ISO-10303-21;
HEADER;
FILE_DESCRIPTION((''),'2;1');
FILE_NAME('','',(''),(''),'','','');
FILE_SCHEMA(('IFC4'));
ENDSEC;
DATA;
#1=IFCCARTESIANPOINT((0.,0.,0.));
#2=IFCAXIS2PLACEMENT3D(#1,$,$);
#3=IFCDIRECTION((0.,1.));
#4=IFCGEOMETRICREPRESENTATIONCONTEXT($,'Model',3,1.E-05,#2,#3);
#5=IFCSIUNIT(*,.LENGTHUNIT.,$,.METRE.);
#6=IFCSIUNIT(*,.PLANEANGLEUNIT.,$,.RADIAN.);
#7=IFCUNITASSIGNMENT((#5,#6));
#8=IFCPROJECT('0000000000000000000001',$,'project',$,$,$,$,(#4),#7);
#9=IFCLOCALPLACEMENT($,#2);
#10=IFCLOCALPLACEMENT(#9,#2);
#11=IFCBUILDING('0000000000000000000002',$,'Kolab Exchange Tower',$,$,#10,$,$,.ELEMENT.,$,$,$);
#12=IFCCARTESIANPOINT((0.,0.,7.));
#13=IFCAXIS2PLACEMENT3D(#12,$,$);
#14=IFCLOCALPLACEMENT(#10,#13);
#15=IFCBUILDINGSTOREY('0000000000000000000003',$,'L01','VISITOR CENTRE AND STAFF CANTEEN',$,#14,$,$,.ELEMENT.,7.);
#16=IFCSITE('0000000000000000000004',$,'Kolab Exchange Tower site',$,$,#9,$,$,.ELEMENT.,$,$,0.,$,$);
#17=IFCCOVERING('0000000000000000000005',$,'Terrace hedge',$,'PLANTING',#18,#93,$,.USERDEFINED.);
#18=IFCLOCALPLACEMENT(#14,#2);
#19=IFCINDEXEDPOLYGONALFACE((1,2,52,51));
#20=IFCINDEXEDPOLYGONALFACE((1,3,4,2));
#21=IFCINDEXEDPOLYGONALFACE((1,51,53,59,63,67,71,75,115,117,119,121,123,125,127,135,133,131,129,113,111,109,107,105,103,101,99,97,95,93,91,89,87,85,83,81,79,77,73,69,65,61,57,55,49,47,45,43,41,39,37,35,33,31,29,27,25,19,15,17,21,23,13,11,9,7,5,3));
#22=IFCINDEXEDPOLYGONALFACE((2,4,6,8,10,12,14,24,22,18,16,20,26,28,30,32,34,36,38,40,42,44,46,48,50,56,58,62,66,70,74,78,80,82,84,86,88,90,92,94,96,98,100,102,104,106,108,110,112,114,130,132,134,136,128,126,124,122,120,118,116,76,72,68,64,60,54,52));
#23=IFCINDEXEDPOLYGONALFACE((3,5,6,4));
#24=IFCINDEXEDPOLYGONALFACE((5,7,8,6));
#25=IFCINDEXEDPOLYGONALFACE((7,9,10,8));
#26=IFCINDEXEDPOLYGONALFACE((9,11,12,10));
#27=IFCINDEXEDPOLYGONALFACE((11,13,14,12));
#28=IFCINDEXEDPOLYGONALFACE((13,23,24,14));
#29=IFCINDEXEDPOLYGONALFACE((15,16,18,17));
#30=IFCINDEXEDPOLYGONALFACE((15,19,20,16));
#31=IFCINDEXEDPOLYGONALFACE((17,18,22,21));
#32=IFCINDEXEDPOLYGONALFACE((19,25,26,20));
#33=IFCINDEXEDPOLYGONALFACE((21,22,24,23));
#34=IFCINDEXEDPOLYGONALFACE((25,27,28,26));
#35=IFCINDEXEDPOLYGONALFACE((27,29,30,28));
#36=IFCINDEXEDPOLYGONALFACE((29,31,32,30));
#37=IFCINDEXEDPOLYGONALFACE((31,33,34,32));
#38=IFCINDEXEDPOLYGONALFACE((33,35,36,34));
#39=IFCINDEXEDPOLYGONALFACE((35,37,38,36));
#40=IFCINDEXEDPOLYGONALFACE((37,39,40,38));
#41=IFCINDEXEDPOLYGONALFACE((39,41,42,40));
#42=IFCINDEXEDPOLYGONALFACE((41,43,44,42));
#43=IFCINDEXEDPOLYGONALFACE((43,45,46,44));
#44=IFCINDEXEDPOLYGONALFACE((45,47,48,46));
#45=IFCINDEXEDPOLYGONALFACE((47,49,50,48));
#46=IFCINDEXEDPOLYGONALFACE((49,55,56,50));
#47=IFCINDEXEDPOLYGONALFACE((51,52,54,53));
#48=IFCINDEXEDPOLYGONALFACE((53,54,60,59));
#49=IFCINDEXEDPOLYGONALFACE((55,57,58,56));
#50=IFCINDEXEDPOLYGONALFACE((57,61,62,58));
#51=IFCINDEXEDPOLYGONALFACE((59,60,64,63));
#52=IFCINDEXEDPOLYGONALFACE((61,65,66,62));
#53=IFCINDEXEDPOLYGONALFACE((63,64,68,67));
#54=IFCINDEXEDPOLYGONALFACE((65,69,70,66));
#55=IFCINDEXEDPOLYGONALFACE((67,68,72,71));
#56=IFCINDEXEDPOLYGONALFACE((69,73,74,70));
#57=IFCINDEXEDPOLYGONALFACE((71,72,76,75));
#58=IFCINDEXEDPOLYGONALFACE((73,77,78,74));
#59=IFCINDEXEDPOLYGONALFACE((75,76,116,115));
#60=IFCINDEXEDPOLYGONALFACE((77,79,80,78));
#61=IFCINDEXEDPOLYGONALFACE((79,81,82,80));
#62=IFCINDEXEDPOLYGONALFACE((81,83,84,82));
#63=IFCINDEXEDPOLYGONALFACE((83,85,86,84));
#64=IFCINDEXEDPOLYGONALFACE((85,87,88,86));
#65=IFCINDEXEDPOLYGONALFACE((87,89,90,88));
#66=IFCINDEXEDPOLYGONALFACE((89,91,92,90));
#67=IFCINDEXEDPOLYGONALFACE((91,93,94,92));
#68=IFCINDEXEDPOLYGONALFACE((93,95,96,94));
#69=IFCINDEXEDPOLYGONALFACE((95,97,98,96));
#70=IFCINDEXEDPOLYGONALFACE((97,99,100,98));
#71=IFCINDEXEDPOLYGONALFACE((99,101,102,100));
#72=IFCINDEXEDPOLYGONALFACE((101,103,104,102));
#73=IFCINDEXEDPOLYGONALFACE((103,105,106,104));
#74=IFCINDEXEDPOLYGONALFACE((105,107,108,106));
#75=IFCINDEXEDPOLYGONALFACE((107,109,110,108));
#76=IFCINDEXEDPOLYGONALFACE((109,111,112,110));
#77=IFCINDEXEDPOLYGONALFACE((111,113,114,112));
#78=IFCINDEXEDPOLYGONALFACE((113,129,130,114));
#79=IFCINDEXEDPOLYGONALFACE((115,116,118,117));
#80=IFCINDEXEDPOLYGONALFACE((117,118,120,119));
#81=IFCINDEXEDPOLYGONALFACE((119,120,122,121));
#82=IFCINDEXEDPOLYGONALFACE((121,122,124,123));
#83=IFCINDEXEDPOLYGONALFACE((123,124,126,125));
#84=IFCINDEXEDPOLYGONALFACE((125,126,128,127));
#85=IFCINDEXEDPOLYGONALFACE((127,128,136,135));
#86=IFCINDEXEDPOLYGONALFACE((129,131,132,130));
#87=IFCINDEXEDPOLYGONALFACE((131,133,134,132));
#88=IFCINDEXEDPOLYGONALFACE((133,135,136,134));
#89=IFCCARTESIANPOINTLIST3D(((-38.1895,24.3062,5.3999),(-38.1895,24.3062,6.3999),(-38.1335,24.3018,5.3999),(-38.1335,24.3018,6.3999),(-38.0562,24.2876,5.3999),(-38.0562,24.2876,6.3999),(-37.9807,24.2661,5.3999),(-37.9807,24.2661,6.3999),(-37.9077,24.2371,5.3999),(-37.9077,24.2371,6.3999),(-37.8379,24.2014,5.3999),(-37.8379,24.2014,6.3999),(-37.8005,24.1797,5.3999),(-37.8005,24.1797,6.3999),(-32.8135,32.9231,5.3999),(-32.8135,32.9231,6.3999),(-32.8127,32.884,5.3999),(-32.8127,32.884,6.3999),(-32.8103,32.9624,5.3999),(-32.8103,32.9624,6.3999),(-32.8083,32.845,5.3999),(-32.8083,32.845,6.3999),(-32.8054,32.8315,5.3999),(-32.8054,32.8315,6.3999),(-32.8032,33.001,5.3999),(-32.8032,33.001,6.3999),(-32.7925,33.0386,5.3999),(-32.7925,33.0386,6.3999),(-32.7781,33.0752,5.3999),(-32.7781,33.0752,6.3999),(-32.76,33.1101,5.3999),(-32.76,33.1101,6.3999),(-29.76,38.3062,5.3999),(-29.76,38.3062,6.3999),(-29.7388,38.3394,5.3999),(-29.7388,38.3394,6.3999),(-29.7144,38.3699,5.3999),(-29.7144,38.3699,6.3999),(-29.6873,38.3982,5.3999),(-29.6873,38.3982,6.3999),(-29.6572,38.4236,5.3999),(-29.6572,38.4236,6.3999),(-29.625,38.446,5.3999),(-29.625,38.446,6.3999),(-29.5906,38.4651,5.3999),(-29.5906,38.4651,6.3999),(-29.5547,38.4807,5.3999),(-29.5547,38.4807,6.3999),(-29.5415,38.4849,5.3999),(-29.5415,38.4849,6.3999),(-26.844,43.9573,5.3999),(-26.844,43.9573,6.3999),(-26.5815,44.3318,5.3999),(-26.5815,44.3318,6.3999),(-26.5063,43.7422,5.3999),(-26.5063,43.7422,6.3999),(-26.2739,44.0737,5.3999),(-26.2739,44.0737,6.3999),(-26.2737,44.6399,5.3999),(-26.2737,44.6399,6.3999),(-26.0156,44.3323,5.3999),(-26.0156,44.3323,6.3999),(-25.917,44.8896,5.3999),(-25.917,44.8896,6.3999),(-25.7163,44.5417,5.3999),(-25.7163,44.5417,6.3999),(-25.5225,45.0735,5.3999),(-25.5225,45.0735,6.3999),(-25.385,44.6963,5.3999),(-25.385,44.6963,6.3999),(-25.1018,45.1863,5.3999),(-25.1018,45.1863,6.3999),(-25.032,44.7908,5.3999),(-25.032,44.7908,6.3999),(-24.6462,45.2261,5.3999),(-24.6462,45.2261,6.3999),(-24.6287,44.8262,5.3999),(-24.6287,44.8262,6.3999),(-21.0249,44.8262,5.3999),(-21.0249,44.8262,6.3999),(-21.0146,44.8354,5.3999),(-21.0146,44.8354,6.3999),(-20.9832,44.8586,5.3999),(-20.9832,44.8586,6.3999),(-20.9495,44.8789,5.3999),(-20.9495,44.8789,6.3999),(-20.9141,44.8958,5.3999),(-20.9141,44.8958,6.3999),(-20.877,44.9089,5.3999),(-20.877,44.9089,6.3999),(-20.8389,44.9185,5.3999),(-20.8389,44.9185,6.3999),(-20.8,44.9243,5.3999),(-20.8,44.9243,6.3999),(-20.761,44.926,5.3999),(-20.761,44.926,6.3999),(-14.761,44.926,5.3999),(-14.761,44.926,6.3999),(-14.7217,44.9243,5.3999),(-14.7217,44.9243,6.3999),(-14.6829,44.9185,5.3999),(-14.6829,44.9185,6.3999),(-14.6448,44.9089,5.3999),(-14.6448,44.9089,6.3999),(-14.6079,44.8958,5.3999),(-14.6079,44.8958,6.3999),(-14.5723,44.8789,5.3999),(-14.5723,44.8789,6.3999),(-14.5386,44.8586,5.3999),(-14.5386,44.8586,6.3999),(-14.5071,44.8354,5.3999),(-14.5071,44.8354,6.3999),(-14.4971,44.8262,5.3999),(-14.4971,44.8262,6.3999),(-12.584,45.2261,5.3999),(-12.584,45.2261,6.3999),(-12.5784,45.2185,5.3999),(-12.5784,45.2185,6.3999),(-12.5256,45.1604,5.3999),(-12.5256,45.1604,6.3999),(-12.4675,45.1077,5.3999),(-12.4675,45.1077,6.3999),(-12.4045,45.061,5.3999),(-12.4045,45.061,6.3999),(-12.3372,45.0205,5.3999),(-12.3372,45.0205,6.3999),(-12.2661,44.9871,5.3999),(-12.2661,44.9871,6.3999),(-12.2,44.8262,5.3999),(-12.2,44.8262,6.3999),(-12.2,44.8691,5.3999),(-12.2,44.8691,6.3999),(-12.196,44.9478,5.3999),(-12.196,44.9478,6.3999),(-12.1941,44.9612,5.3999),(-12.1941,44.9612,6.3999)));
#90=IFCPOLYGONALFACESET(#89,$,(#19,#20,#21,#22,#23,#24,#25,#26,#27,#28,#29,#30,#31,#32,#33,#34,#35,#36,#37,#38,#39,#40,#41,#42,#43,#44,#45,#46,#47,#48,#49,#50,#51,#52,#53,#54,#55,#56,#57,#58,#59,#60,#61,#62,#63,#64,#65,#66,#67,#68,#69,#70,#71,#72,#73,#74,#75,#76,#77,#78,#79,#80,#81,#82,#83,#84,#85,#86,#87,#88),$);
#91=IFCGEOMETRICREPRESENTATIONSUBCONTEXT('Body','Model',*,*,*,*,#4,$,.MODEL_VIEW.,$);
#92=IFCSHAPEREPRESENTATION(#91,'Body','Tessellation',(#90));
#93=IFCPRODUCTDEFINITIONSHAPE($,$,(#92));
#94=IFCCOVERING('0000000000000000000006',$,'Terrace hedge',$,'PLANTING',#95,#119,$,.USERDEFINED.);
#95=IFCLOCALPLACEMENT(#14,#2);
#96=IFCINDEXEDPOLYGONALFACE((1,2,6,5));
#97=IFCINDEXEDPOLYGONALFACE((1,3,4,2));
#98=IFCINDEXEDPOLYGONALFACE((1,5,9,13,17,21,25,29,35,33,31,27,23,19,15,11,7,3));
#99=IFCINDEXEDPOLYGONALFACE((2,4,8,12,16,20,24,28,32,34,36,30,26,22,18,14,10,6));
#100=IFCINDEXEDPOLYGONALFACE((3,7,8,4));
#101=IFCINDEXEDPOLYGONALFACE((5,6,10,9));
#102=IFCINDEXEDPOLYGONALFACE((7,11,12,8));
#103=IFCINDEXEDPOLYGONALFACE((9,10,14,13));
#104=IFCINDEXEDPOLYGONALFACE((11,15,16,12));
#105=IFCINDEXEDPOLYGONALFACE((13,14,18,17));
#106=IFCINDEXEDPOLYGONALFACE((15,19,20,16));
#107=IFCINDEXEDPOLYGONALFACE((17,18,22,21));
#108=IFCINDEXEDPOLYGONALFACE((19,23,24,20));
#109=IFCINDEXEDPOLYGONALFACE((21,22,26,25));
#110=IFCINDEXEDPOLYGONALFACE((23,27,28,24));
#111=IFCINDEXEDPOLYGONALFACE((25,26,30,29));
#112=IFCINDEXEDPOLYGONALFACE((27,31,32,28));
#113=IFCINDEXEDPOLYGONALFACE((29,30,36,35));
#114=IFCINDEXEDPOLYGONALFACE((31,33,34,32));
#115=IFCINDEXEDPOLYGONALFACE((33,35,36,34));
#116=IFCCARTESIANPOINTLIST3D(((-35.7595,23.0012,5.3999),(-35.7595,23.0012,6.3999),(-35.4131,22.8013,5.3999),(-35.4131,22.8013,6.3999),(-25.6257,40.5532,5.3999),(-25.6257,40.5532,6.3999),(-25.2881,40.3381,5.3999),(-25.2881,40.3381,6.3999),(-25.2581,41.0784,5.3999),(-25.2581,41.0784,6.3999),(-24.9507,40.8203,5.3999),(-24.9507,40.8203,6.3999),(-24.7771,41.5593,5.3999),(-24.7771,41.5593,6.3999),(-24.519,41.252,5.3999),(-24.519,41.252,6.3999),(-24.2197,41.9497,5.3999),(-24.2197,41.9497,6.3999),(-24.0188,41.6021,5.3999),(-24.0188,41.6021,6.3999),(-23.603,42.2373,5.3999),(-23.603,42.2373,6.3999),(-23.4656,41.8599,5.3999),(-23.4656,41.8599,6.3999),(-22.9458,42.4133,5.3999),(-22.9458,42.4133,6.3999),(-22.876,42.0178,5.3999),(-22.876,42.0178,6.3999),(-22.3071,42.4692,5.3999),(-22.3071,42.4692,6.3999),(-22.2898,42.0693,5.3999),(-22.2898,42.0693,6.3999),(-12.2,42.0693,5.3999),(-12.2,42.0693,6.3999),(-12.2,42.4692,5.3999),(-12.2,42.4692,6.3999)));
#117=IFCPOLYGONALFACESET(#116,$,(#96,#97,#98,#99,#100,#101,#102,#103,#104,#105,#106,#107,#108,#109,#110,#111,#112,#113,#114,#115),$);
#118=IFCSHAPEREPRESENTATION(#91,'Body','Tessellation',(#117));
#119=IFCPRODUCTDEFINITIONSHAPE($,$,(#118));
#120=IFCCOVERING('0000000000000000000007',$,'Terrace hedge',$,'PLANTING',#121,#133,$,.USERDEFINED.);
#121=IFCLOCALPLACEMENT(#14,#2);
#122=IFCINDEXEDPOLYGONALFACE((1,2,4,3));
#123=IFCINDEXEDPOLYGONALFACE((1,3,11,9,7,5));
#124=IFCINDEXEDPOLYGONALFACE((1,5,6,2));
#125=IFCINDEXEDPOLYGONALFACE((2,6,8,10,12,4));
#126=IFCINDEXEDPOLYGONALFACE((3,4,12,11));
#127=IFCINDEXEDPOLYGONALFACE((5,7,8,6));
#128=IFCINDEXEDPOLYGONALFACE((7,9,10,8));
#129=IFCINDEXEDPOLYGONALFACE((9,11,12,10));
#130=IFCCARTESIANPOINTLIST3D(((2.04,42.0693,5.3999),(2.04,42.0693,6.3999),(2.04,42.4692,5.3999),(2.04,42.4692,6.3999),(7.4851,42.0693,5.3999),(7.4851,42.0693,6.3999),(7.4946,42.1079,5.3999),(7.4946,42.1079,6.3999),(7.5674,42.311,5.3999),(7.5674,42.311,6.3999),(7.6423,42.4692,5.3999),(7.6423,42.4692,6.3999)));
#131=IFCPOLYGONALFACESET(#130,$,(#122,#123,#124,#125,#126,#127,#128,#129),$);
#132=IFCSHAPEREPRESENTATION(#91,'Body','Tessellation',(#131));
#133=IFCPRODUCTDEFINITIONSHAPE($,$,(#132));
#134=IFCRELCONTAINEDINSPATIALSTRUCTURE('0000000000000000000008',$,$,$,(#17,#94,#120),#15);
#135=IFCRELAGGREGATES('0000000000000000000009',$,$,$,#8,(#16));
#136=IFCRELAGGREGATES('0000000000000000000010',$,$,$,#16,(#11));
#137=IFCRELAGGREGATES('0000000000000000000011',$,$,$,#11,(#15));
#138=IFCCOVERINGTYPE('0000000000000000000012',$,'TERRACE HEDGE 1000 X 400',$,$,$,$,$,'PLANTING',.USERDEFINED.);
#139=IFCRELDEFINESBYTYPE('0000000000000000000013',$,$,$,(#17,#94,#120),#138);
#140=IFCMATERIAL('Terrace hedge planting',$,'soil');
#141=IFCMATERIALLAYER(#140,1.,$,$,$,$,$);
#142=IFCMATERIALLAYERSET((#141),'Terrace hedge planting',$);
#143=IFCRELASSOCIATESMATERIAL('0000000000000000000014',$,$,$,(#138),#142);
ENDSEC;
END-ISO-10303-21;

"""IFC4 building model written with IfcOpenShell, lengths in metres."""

from ifc_helpers import new_model, si_unit, direction, frame, origin, place, context, subcontext, project, spatial, polyline, outline, extrude, material, layer, layer_set, type_object, element, save


model = new_model("IFC4")

# Units and contexts
model_context = context("Model", 3, precision=1e-05, world=origin(), true_north=direction((0.0, 1.0)))
body_context = subcontext(model_context, "Body", "Model", "MODEL_VIEW")
ifc_project = project(units=[si_unit("LENGTHUNIT", "METRE"), si_unit("PLANEANGLEUNIT", "RADIAN")], contexts=[model_context])

# Site, building, storey
site_placement = place(None, origin())
site = spatial("IfcSite", under=ifc_project, at=site_placement, Name="Kolab Exchange Tower site", CompositionType="ELEMENT", RefElevation=0.0)
building_placement = place(site_placement, origin())
building = spatial("IfcBuilding", under=site, at=building_placement, Name="Kolab Exchange Tower", CompositionType="ELEMENT")
storey_placement = place(building_placement, frame((0.0, 0.0, 7.0)))
storey = spatial("IfcBuildingStorey", under=building, at=storey_placement, Name="L01", Description="VISITOR CENTRE AND STAFF CANTEEN", CompositionType="ELEMENT", Elevation=7.0)

# Coverings
ifc_material_1 = material(Name="Terrace hedge planting", Category="soil")
ifc_layer_1 = layer(ifc_material_1, 1.0)
ifc_layer_set_1 = layer_set([ifc_layer_1], Name="Terrace hedge planting")
covering_type_1 = type_object("IfcCoveringType", Name="TERRACE HEDGE 1000 X 400", ElementType="PLANTING", PredefinedType="USERDEFINED", material=ifc_layer_set_1)
covering_1_placement = place(storey_placement, frame((0.0, 0.0, 5.3999)))
element("IfcCovering", 1, at=covering_1_placement, inside=storey, type_object=covering_type_1, Name="Terrace hedge", ObjectType="PLANTING", PredefinedType="USERDEFINED", context=body_context, shape_type="SweptSolid", body=[
    extrude(outline(polyline([(-26.844, 43.9573), (-26.5815, 44.3318), (-26.2737, 44.6399), (-25.917, 44.8896), (-25.5225, 45.0735), (-25.1018, 45.1863), (-24.6462, 45.2261), (-12.584, 45.2261), (-12.5784, 45.2185), (-12.5256, 45.1604), (-12.4675, 45.1077), (-12.4045, 45.061), (-12.3372, 45.0205), (-12.2661, 44.9871), (-12.1941, 44.9612), (-12.196, 44.9478), (-12.2, 44.8691), (-12.2, 44.8262), (-14.4971, 44.8262), (-14.5071, 44.8354), (-14.5386, 44.8586), (-14.5723, 44.8789), (-14.6079, 44.8958), (-14.6448, 44.9089), (-14.6829, 44.9185), (-14.7217, 44.9243), (-14.761, 44.926), (-20.761, 44.926), (-20.8, 44.9243), (-20.8389, 44.9185), (-20.877, 44.9089), (-20.9141, 44.8958), (-20.9495, 44.8789), (-20.9832, 44.8586), (-21.0146, 44.8354), (-21.0249, 44.8262), (-24.6287, 44.8262), (-25.032, 44.7908), (-25.385, 44.6963), (-25.7163, 44.5417), (-26.0156, 44.3323), (-26.2739, 44.0737), (-26.5063, 43.7422), (-29.5415, 38.4849), (-29.5547, 38.4807), (-29.5906, 38.4651), (-29.625, 38.446), (-29.6572, 38.4236), (-29.6873, 38.3982), (-29.7144, 38.3699), (-29.7388, 38.3394), (-29.76, 38.3062), (-32.76, 33.1101), (-32.7781, 33.0752), (-32.7925, 33.0386), (-32.8032, 33.001), (-32.8103, 32.9624), (-32.8135, 32.9231), (-32.8127, 32.884), (-32.8083, 32.845), (-32.8054, 32.8315), (-37.8005, 24.1797), (-37.8379, 24.2014), (-37.9077, 24.2371), (-37.9807, 24.2661), (-38.0562, 24.2876), (-38.1335, 24.3018), (-38.1895, 24.3062), (-26.844, 43.9573)])), origin(), (0.0, 0.0, 1.0), 1.0),
])
covering_2_placement = place(storey_placement, frame((0.0, 0.0, 5.3999)))
element("IfcCovering", 2, at=covering_2_placement, inside=storey, type_object=covering_type_1, Name="Terrace hedge", ObjectType="PLANTING", PredefinedType="USERDEFINED", context=body_context, shape_type="SweptSolid", body=[
    extrude(outline(polyline([(-22.2898, 42.0693), (-22.876, 42.0178), (-23.4656, 41.8599), (-24.0188, 41.6021), (-24.519, 41.252), (-24.9507, 40.8203), (-25.2881, 40.3381), (-35.4131, 22.8013), (-35.7595, 23.0012), (-25.6257, 40.5532), (-25.2581, 41.0784), (-24.7771, 41.5593), (-24.2197, 41.9497), (-23.603, 42.2373), (-22.9458, 42.4133), (-22.3071, 42.4692), (-12.2, 42.4692), (-12.2, 42.0693), (-22.2898, 42.0693)])), origin(), (0.0, 0.0, 1.0), 1.0),
])
covering_3_placement = place(storey_placement, frame((0.0, 0.0, 5.3999)))
element("IfcCovering", 3, at=covering_3_placement, inside=storey, type_object=covering_type_1, Name="Terrace hedge", ObjectType="PLANTING", PredefinedType="USERDEFINED", context=body_context, shape_type="SweptSolid", body=[
    extrude(outline(polyline([(2.04, 42.0693), (2.04, 42.4692), (7.6423, 42.4692), (7.5674, 42.311), (7.4946, 42.1079), (7.4851, 42.0693), (2.04, 42.0693)])), origin(), (0.0, 0.0, 1.0), 1.0),
])

save(model, "model.ifc")
